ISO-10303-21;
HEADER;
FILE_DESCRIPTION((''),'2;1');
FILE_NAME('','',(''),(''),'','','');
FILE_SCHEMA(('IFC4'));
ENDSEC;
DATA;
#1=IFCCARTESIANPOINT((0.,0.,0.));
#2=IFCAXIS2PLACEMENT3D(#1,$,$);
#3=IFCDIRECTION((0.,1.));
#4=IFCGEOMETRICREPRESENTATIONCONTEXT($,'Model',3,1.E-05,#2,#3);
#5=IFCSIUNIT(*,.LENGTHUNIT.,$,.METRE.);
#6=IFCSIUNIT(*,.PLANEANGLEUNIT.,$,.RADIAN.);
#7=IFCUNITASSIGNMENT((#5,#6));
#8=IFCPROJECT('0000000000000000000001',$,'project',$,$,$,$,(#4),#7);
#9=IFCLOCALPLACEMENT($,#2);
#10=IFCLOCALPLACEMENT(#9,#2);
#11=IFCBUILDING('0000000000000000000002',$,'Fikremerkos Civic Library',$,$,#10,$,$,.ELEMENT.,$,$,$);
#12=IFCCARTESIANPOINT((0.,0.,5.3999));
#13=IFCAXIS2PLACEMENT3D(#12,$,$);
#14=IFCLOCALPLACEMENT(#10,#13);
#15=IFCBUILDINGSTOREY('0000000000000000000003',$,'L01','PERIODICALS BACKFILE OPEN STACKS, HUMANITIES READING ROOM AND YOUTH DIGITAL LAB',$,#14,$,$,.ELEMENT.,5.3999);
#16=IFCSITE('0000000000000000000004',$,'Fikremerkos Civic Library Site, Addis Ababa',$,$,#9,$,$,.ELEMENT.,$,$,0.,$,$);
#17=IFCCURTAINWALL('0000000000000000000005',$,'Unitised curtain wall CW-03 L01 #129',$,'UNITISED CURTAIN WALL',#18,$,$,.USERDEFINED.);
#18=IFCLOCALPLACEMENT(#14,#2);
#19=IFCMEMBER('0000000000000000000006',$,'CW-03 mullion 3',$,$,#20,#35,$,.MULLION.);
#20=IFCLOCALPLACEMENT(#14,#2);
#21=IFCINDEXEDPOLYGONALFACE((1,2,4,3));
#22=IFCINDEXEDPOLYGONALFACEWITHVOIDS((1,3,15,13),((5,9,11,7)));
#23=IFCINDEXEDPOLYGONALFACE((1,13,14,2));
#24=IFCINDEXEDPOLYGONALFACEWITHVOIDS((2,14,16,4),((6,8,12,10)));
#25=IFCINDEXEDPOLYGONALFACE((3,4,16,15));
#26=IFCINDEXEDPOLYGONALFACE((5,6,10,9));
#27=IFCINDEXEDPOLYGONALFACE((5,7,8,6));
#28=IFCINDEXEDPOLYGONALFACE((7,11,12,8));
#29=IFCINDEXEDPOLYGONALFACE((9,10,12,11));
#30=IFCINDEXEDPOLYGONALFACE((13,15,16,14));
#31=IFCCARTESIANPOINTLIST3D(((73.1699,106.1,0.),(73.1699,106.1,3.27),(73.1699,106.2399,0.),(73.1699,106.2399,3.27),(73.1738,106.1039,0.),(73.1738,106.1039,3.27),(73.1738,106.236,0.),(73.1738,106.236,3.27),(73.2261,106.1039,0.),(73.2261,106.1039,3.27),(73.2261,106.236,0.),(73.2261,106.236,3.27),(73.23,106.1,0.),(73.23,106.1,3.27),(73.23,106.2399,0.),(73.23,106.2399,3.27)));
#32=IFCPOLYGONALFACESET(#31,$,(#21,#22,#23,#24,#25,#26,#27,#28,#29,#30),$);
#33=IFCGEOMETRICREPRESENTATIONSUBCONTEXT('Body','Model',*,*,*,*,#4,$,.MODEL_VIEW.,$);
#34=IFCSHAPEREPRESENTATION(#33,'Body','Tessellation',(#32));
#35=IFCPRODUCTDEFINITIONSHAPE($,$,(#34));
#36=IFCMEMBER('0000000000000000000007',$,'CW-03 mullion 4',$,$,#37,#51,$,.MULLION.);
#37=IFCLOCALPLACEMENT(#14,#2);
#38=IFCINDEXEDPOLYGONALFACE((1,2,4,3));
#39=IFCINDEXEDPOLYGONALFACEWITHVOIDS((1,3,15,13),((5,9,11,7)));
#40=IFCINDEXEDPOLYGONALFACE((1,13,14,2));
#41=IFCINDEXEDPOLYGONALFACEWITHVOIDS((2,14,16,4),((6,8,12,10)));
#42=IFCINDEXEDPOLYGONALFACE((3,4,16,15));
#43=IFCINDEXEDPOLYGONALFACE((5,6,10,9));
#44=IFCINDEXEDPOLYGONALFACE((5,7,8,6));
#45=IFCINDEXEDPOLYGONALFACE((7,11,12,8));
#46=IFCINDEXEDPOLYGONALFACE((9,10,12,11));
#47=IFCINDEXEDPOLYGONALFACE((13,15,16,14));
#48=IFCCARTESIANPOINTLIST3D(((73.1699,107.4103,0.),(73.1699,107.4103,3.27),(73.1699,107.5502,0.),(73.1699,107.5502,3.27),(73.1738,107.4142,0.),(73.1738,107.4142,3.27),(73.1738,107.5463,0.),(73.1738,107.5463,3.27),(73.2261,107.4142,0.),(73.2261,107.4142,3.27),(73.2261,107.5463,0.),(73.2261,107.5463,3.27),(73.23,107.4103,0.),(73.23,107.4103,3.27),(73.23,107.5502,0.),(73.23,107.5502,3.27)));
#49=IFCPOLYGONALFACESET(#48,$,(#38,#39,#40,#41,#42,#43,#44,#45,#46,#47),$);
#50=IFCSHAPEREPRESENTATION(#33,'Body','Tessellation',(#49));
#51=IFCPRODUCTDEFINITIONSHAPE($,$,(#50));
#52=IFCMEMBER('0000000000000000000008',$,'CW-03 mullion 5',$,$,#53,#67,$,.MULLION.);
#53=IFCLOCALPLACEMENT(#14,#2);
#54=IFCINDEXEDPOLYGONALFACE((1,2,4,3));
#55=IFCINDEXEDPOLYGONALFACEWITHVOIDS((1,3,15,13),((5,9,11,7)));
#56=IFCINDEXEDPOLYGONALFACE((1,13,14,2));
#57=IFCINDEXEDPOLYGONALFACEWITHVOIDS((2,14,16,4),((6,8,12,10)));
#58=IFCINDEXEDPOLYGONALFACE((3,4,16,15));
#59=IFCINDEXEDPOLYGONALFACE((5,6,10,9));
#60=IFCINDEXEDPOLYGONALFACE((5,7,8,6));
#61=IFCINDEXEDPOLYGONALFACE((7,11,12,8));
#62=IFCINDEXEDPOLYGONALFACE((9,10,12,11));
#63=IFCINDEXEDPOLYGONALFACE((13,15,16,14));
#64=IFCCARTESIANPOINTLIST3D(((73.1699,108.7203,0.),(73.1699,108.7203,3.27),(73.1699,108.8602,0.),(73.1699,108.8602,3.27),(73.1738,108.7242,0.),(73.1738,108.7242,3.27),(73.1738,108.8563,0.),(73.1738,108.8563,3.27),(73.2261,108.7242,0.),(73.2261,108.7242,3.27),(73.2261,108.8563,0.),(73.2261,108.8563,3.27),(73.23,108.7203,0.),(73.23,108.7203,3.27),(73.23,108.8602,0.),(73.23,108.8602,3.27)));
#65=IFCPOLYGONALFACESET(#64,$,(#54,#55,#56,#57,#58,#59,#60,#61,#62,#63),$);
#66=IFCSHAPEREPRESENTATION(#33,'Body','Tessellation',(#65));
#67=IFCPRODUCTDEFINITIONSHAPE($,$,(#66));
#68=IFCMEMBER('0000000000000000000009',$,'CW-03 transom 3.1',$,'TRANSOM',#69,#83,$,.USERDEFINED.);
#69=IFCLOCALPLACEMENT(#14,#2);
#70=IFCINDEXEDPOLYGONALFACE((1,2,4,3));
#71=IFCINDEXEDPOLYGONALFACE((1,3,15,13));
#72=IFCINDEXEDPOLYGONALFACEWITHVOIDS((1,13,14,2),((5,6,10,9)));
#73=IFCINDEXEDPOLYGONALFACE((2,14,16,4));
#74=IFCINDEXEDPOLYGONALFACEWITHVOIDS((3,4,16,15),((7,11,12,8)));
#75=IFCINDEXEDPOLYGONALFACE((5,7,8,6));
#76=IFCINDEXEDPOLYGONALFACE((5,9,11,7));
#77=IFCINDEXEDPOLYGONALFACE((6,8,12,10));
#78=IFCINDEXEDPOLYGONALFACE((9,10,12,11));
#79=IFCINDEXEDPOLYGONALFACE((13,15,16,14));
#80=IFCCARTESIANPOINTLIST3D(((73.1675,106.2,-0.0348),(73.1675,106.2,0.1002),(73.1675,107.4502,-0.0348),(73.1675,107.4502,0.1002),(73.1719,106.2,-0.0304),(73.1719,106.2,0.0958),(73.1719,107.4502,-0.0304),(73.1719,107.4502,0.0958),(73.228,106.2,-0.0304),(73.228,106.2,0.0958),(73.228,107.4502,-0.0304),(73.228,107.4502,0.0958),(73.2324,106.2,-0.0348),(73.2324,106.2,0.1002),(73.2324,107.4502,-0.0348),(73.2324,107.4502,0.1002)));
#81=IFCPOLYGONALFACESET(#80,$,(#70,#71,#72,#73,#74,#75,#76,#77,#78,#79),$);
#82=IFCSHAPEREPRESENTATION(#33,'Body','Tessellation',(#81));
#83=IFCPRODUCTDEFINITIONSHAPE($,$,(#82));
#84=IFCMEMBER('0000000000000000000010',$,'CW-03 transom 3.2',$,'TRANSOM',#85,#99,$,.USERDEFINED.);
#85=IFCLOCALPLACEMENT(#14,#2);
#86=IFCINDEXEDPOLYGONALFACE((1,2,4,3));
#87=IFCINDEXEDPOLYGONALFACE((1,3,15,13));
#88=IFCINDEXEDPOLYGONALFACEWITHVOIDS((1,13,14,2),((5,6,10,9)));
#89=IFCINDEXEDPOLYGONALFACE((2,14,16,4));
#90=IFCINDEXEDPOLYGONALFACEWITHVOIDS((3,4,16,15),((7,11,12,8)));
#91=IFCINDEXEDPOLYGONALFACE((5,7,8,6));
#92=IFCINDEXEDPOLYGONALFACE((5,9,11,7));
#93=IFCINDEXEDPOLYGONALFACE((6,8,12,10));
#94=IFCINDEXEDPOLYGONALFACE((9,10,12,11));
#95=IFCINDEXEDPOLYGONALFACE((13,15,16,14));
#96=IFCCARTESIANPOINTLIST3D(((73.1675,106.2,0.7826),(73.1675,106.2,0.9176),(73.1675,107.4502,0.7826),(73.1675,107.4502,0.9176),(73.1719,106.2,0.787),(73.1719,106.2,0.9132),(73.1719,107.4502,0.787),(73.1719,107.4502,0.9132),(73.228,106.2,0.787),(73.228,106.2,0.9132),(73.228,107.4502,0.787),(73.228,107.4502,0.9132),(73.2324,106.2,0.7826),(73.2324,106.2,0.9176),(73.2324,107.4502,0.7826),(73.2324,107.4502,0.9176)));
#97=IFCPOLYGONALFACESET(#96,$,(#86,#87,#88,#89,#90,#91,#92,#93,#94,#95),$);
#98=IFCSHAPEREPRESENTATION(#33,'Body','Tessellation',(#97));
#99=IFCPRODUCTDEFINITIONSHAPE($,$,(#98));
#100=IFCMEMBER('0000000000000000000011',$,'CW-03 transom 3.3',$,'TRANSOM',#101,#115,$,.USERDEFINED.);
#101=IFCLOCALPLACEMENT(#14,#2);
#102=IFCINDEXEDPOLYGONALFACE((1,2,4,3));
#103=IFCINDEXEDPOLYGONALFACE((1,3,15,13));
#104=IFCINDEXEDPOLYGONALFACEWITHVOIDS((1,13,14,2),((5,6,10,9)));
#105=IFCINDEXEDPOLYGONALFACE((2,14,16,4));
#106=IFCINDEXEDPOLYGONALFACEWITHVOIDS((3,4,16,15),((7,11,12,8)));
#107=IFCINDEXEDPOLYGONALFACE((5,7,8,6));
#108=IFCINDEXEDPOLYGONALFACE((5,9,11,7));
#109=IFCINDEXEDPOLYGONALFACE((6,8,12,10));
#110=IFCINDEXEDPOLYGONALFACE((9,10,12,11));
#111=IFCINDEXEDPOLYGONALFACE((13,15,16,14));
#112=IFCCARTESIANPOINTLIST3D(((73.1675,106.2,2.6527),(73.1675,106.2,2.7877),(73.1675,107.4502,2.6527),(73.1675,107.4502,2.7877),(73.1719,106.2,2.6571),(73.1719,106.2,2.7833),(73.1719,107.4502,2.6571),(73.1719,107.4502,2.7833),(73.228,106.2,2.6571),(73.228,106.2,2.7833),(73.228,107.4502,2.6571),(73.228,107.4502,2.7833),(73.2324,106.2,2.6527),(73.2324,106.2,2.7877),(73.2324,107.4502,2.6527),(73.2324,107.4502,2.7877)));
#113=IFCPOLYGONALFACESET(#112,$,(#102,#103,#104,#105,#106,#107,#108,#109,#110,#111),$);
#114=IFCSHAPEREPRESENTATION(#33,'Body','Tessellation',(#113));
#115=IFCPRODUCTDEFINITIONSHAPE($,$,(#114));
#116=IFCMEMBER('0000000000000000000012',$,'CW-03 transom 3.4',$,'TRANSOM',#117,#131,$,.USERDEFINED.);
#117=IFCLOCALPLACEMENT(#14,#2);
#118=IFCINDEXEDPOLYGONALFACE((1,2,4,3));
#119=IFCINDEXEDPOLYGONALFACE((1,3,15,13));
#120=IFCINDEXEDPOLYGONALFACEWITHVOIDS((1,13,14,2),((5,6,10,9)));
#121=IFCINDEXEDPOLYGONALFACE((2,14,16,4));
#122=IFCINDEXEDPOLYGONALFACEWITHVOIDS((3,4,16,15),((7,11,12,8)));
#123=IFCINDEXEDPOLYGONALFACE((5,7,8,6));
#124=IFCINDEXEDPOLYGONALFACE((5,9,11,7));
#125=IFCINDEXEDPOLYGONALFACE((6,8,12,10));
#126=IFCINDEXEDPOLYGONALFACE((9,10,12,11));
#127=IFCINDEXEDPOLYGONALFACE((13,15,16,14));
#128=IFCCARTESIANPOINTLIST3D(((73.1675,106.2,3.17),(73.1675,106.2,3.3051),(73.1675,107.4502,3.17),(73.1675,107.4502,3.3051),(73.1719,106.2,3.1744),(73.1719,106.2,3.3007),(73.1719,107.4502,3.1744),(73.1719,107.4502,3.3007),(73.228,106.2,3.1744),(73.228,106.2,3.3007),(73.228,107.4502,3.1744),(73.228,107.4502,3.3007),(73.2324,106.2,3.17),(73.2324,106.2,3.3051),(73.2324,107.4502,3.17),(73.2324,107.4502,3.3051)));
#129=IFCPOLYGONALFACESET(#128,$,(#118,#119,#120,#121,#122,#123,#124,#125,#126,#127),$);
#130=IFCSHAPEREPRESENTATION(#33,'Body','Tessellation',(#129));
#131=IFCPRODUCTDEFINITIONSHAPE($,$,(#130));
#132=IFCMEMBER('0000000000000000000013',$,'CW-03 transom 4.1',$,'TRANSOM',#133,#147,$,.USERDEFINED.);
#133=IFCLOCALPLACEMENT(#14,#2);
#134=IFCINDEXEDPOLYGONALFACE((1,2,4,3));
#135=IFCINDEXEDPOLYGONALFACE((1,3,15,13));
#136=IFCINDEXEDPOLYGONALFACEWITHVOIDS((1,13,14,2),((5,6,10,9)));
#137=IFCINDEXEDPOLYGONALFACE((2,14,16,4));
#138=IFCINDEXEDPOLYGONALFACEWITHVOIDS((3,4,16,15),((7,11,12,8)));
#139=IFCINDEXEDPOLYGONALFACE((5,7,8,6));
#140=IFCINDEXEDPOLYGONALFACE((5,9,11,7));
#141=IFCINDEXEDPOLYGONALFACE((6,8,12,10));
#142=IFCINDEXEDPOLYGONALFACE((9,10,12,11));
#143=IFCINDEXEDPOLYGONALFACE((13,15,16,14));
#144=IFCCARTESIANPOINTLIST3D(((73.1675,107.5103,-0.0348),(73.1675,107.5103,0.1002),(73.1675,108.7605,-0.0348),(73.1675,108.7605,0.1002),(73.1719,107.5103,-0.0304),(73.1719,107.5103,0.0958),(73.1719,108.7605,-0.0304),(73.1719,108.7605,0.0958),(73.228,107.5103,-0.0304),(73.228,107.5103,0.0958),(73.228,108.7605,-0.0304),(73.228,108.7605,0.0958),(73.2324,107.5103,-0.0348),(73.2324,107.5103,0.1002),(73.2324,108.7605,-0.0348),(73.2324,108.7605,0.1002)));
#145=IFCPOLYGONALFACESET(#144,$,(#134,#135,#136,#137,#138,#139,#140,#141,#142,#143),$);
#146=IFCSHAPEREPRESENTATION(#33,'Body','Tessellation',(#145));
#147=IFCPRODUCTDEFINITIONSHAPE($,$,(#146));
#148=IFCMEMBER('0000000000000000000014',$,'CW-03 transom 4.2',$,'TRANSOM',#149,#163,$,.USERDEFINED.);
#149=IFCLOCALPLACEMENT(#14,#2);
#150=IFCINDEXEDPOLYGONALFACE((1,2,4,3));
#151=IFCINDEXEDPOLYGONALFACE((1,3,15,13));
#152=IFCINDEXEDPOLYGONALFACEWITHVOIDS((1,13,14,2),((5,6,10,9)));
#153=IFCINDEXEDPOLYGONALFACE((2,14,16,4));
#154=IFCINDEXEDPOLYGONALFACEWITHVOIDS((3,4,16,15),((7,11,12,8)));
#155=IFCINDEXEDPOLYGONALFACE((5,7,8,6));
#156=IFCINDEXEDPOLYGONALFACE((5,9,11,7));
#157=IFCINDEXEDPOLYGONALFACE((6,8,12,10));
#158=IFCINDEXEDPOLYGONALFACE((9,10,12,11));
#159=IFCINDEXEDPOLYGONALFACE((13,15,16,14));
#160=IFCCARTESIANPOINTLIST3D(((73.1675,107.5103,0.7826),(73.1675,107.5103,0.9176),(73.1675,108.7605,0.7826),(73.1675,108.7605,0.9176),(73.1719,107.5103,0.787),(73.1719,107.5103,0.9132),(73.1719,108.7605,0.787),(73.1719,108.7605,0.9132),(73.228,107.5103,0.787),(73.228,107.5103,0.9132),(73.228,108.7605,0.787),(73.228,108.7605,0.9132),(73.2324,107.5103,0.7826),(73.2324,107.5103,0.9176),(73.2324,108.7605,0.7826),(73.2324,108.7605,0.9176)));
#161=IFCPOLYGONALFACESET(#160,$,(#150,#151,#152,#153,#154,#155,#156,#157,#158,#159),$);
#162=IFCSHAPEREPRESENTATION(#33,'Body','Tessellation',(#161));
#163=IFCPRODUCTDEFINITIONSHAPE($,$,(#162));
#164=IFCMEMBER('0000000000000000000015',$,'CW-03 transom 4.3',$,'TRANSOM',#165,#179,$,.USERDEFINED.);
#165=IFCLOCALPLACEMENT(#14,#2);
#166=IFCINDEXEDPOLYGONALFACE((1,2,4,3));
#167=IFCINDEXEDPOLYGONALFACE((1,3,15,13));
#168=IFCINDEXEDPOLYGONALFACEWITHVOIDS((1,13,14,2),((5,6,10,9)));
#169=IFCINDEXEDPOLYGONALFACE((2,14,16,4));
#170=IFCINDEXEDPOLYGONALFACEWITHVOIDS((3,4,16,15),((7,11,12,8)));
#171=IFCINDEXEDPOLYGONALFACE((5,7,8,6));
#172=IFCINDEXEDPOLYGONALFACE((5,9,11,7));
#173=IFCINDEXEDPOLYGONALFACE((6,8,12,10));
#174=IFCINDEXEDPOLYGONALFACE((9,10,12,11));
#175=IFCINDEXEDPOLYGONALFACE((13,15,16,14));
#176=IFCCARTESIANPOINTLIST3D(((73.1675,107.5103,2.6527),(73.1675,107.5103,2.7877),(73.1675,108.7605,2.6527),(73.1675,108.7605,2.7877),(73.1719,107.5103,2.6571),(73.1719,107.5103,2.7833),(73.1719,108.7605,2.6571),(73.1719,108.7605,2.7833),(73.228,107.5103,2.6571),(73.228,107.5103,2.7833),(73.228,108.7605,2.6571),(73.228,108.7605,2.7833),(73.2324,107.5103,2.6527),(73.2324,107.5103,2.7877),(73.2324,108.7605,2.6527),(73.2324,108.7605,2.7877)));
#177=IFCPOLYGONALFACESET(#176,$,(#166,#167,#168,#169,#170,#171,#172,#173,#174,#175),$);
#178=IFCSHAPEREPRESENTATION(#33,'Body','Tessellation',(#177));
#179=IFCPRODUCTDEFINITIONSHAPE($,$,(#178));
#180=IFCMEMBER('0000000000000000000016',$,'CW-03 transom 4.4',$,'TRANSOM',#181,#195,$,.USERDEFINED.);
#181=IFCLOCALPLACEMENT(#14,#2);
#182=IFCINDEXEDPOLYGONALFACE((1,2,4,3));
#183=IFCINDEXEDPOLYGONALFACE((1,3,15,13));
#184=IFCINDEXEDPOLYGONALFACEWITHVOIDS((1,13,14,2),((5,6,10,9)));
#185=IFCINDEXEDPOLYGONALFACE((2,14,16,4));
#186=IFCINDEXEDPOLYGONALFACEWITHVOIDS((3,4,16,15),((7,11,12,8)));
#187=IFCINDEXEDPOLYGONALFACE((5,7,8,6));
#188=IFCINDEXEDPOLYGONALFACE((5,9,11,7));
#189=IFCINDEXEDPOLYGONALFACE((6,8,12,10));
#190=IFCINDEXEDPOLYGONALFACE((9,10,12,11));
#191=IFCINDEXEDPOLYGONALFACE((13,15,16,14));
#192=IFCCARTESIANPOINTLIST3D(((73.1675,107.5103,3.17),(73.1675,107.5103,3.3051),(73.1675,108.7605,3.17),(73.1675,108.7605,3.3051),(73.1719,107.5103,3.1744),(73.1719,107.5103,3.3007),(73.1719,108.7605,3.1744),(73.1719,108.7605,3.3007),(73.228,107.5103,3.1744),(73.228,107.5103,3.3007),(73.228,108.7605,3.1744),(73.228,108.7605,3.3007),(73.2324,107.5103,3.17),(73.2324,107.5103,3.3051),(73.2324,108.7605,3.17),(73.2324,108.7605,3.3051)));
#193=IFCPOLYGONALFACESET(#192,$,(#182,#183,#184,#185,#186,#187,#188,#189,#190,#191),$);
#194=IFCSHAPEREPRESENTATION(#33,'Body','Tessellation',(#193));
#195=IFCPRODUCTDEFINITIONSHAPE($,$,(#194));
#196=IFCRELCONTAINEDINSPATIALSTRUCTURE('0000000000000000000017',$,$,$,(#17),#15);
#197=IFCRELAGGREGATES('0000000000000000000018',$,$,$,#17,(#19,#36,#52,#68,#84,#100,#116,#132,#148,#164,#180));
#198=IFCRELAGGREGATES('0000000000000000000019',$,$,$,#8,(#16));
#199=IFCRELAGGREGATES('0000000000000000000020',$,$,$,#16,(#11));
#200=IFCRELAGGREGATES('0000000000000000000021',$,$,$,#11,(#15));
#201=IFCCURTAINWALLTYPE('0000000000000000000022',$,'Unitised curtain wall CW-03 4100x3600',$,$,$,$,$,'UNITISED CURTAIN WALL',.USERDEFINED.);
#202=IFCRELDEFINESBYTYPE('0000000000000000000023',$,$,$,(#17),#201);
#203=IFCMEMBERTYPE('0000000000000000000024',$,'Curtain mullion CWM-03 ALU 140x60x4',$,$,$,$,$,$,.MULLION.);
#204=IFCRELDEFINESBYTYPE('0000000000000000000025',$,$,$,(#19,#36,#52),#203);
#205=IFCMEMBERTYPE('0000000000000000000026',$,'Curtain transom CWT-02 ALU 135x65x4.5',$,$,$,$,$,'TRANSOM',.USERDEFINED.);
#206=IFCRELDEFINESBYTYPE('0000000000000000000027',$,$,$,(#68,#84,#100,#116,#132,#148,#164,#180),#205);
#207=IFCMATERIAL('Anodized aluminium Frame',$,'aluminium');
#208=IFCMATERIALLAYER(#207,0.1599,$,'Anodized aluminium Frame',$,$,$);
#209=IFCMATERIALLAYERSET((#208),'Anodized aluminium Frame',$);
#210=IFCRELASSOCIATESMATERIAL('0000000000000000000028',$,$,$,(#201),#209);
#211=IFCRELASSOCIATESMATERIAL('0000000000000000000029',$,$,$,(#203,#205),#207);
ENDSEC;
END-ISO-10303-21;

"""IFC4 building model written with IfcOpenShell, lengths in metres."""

from ifc_helpers import new_model, si_unit, direction, frame, origin, origin_2d, place, context, subcontext, project, spatial, hollow_rectangle, extrude, material, layer, layer_set, material_profile, profile_set, type_object, element, aggregate, save


model = new_model("IFC4")

# Units and contexts
model_context = context("Model", 3, precision=1e-05, world=origin(), true_north=direction((0.0, 1.0)))
body_context = subcontext(model_context, "Body", "Model", "MODEL_VIEW")
ifc_project = project(units=[si_unit("LENGTHUNIT", "METRE"), si_unit("PLANEANGLEUNIT", "RADIAN")], contexts=[model_context])

# Site, building, storey
site_placement = place(None, origin())
site = spatial("IfcSite", under=ifc_project, at=site_placement, Name="Fikremerkos Civic Library Site, Addis Ababa", CompositionType="ELEMENT", RefElevation=0.0)
building_placement = place(site_placement, origin())
building = spatial("IfcBuilding", under=site, at=building_placement, Name="Fikremerkos Civic Library", CompositionType="ELEMENT")
storey_placement = place(building_placement, frame((0.0, 0.0, 5.3999)))
storey = spatial("IfcBuildingStorey", under=building, at=storey_placement, Name="L01", Description="PERIODICALS BACKFILE OPEN STACKS, HUMANITIES READING ROOM AND YOUTH DIGITAL LAB", CompositionType="ELEMENT", Elevation=5.3999)

# Curtain wall, members
ifc_material_1 = material(Name="Anodized aluminium Frame", Category="aluminium")
ifc_layer_1 = layer(ifc_material_1, 0.1599, Name="Anodized aluminium Frame")
ifc_layer_set_1 = layer_set([ifc_layer_1], Name="Anodized aluminium Frame")
curtain_wall_type = type_object("IfcCurtainWallType", Name="Unitised curtain wall CW-03 4100x3600", ElementType="UNITISED CURTAIN WALL", PredefinedType="USERDEFINED", material=ifc_layer_set_1)
curtain_wall_placement = place(storey_placement, origin())
curtain_wall = element("IfcCurtainWall", 1, at=curtain_wall_placement, inside=storey, type_object=curtain_wall_type, Name="Unitised curtain wall CW-03 L01 #129", ObjectType="UNITISED CURTAIN WALL", PredefinedType="USERDEFINED")
ifc_material_profile_1 = material_profile(ifc_material_1, hollow_rectangle(XDim=0.0601, YDim=0.1399, WallThickness=0.0039, at=origin_2d()), Name="ALU 140x60x4")
ifc_profile_set_1 = profile_set([ifc_material_profile_1], Name="Anodized aluminium Frame")
member_type_1 = type_object("IfcMemberType", Name="Curtain mullion CWM-03 ALU 140x60x4", PredefinedType="MULLION", material=ifc_profile_set_1)
member_1_placement = place(storey_placement, frame((73.2, 106.1699, 0.0), z_axis=(0.0, 0.0, 1.0), x_axis=(-1.0, 0.0, 0.0)))
member_1 = element("IfcMember", 2, at=member_1_placement, type_object=member_type_1, Name="CW-03 mullion 3", PredefinedType="MULLION", context=body_context, shape_type="SweptSolid", body=[
    extrude(hollow_rectangle(XDim=0.0601, YDim=0.1399, WallThickness=0.0039, at=origin_2d()), origin(), (0.0, 0.0, 1.0), 3.27),
])
member_2_placement = place(storey_placement, frame((73.2, 107.4802, 0.0), z_axis=(0.0, 0.0, 1.0), x_axis=(-1.0, 0.0, 0.0)))
member_2 = element("IfcMember", 3, at=member_2_placement, type_object=member_type_1, Name="CW-03 mullion 4", PredefinedType="MULLION", context=body_context, shape_type="SweptSolid", body=[
    extrude(hollow_rectangle(XDim=0.0601, YDim=0.1399, WallThickness=0.0039, at=origin_2d()), origin(), (0.0, 0.0, 1.0), 3.27),
])
member_3_placement = place(storey_placement, frame((73.2, 108.7903, 0.0), z_axis=(0.0, 0.0, 1.0), x_axis=(-1.0, 0.0, 0.0)))
member_3 = element("IfcMember", 4, at=member_3_placement, type_object=member_type_1, Name="CW-03 mullion 5", PredefinedType="MULLION", context=body_context, shape_type="SweptSolid", body=[
    extrude(hollow_rectangle(XDim=0.0601, YDim=0.1399, WallThickness=0.0039, at=origin_2d()), origin(), (0.0, 0.0, 1.0), 3.27),
])
ifc_material_profile_2 = material_profile(ifc_material_1, hollow_rectangle(XDim=0.0649, YDim=0.135, WallThickness=0.0044, at=origin_2d()), Name="ALU 135x65x4.5")
ifc_profile_set_2 = profile_set([ifc_material_profile_2], Name="Anodized aluminium Frame")
member_type_2 = type_object("IfcMemberType", Name="Curtain transom CWT-02 ALU 135x65x4.5", ElementType="TRANSOM", PredefinedType="USERDEFINED", material=ifc_profile_set_2)
member_4_placement = place(storey_placement, frame((73.2, 106.2, 0.0327), z_axis=(0.0, 1.0, 0.0), x_axis=(-1.0, 0.0, 0.0)))
member_4 = element("IfcMember", 5, at=member_4_placement, type_object=member_type_2, Name="CW-03 transom 3.1", ObjectType="TRANSOM", PredefinedType="USERDEFINED", context=body_context, shape_type="SweptSolid", body=[
    extrude(hollow_rectangle(XDim=0.0649, YDim=0.135, WallThickness=0.0044, at=origin_2d()), origin(), (0.0, 0.0, 1.0), 1.2502),
])
member_5_placement = place(storey_placement, frame((73.2, 106.2, 0.8501), z_axis=(0.0, 1.0, 0.0), x_axis=(-1.0, 0.0, 0.0)))
member_5 = element("IfcMember", 6, at=member_5_placement, type_object=member_type_2, Name="CW-03 transom 3.2", ObjectType="TRANSOM", PredefinedType="USERDEFINED", context=body_context, shape_type="SweptSolid", body=[
    extrude(hollow_rectangle(XDim=0.0649, YDim=0.135, WallThickness=0.0044, at=origin_2d()), origin(), (0.0, 0.0, 1.0), 1.2502),
])
member_6_placement = place(storey_placement, frame((73.2, 106.2, 2.7202), z_axis=(0.0, 1.0, 0.0), x_axis=(-1.0, 0.0, 0.0)))
member_6 = element("IfcMember", 7, at=member_6_placement, type_object=member_type_2, Name="CW-03 transom 3.3", ObjectType="TRANSOM", PredefinedType="USERDEFINED", context=body_context, shape_type="SweptSolid", body=[
    extrude(hollow_rectangle(XDim=0.0649, YDim=0.135, WallThickness=0.0044, at=origin_2d()), origin(), (0.0, 0.0, 1.0), 1.2502),
])
member_7_placement = place(storey_placement, frame((73.2, 106.2, 3.2375), z_axis=(0.0, 1.0, 0.0), x_axis=(-1.0, 0.0, 0.0)))
member_7 = element("IfcMember", 8, at=member_7_placement, type_object=member_type_2, Name="CW-03 transom 3.4", ObjectType="TRANSOM", PredefinedType="USERDEFINED", context=body_context, shape_type="SweptSolid", body=[
    extrude(hollow_rectangle(XDim=0.0649, YDim=0.135, WallThickness=0.0044, at=origin_2d()), origin(), (0.0, 0.0, 1.0), 1.2502),
])
member_8_placement = place(storey_placement, frame((73.2, 107.5103, 0.0327), z_axis=(0.0, 1.0, 0.0), x_axis=(-1.0, 0.0, 0.0)))
member_8 = element("IfcMember", 9, at=member_8_placement, type_object=member_type_2, Name="CW-03 transom 4.1", ObjectType="TRANSOM", PredefinedType="USERDEFINED", context=body_context, shape_type="SweptSolid", body=[
    extrude(hollow_rectangle(XDim=0.0649, YDim=0.135, WallThickness=0.0044, at=origin_2d()), origin(), (0.0, 0.0, 1.0), 1.2502),
])
member_9_placement = place(storey_placement, frame((73.2, 107.5103, 0.8501), z_axis=(0.0, 1.0, 0.0), x_axis=(-1.0, 0.0, 0.0)))
member_9 = element("IfcMember", 10, at=member_9_placement, type_object=member_type_2, Name="CW-03 transom 4.2", ObjectType="TRANSOM", PredefinedType="USERDEFINED", context=body_context, shape_type="SweptSolid", body=[
    extrude(hollow_rectangle(XDim=0.0649, YDim=0.135, WallThickness=0.0044, at=origin_2d()), origin(), (0.0, 0.0, 1.0), 1.2502),
])
member_10_placement = place(storey_placement, frame((73.2, 107.5103, 2.7202), z_axis=(0.0, 1.0, 0.0), x_axis=(-1.0, 0.0, 0.0)))
member_10 = element("IfcMember", 11, at=member_10_placement, type_object=member_type_2, Name="CW-03 transom 4.3", ObjectType="TRANSOM", PredefinedType="USERDEFINED", context=body_context, shape_type="SweptSolid", body=[
    extrude(hollow_rectangle(XDim=0.0649, YDim=0.135, WallThickness=0.0044, at=origin_2d()), origin(), (0.0, 0.0, 1.0), 1.2502),
])
member_11_placement = place(storey_placement, frame((73.2, 107.5103, 3.2375), z_axis=(0.0, 1.0, 0.0), x_axis=(-1.0, 0.0, 0.0)))
member_11 = element("IfcMember", 12, at=member_11_placement, type_object=member_type_2, Name="CW-03 transom 4.4", ObjectType="TRANSOM", PredefinedType="USERDEFINED", context=body_context, shape_type="SweptSolid", body=[
    extrude(hollow_rectangle(XDim=0.0649, YDim=0.135, WallThickness=0.0044, at=origin_2d()), origin(), (0.0, 0.0, 1.0), 1.2502),
])
aggregate(curtain_wall, [member_1, member_2, member_3, member_4, member_5, member_6, member_7, member_8, member_9, member_10, member_11])

save(model, "model.ifc")
